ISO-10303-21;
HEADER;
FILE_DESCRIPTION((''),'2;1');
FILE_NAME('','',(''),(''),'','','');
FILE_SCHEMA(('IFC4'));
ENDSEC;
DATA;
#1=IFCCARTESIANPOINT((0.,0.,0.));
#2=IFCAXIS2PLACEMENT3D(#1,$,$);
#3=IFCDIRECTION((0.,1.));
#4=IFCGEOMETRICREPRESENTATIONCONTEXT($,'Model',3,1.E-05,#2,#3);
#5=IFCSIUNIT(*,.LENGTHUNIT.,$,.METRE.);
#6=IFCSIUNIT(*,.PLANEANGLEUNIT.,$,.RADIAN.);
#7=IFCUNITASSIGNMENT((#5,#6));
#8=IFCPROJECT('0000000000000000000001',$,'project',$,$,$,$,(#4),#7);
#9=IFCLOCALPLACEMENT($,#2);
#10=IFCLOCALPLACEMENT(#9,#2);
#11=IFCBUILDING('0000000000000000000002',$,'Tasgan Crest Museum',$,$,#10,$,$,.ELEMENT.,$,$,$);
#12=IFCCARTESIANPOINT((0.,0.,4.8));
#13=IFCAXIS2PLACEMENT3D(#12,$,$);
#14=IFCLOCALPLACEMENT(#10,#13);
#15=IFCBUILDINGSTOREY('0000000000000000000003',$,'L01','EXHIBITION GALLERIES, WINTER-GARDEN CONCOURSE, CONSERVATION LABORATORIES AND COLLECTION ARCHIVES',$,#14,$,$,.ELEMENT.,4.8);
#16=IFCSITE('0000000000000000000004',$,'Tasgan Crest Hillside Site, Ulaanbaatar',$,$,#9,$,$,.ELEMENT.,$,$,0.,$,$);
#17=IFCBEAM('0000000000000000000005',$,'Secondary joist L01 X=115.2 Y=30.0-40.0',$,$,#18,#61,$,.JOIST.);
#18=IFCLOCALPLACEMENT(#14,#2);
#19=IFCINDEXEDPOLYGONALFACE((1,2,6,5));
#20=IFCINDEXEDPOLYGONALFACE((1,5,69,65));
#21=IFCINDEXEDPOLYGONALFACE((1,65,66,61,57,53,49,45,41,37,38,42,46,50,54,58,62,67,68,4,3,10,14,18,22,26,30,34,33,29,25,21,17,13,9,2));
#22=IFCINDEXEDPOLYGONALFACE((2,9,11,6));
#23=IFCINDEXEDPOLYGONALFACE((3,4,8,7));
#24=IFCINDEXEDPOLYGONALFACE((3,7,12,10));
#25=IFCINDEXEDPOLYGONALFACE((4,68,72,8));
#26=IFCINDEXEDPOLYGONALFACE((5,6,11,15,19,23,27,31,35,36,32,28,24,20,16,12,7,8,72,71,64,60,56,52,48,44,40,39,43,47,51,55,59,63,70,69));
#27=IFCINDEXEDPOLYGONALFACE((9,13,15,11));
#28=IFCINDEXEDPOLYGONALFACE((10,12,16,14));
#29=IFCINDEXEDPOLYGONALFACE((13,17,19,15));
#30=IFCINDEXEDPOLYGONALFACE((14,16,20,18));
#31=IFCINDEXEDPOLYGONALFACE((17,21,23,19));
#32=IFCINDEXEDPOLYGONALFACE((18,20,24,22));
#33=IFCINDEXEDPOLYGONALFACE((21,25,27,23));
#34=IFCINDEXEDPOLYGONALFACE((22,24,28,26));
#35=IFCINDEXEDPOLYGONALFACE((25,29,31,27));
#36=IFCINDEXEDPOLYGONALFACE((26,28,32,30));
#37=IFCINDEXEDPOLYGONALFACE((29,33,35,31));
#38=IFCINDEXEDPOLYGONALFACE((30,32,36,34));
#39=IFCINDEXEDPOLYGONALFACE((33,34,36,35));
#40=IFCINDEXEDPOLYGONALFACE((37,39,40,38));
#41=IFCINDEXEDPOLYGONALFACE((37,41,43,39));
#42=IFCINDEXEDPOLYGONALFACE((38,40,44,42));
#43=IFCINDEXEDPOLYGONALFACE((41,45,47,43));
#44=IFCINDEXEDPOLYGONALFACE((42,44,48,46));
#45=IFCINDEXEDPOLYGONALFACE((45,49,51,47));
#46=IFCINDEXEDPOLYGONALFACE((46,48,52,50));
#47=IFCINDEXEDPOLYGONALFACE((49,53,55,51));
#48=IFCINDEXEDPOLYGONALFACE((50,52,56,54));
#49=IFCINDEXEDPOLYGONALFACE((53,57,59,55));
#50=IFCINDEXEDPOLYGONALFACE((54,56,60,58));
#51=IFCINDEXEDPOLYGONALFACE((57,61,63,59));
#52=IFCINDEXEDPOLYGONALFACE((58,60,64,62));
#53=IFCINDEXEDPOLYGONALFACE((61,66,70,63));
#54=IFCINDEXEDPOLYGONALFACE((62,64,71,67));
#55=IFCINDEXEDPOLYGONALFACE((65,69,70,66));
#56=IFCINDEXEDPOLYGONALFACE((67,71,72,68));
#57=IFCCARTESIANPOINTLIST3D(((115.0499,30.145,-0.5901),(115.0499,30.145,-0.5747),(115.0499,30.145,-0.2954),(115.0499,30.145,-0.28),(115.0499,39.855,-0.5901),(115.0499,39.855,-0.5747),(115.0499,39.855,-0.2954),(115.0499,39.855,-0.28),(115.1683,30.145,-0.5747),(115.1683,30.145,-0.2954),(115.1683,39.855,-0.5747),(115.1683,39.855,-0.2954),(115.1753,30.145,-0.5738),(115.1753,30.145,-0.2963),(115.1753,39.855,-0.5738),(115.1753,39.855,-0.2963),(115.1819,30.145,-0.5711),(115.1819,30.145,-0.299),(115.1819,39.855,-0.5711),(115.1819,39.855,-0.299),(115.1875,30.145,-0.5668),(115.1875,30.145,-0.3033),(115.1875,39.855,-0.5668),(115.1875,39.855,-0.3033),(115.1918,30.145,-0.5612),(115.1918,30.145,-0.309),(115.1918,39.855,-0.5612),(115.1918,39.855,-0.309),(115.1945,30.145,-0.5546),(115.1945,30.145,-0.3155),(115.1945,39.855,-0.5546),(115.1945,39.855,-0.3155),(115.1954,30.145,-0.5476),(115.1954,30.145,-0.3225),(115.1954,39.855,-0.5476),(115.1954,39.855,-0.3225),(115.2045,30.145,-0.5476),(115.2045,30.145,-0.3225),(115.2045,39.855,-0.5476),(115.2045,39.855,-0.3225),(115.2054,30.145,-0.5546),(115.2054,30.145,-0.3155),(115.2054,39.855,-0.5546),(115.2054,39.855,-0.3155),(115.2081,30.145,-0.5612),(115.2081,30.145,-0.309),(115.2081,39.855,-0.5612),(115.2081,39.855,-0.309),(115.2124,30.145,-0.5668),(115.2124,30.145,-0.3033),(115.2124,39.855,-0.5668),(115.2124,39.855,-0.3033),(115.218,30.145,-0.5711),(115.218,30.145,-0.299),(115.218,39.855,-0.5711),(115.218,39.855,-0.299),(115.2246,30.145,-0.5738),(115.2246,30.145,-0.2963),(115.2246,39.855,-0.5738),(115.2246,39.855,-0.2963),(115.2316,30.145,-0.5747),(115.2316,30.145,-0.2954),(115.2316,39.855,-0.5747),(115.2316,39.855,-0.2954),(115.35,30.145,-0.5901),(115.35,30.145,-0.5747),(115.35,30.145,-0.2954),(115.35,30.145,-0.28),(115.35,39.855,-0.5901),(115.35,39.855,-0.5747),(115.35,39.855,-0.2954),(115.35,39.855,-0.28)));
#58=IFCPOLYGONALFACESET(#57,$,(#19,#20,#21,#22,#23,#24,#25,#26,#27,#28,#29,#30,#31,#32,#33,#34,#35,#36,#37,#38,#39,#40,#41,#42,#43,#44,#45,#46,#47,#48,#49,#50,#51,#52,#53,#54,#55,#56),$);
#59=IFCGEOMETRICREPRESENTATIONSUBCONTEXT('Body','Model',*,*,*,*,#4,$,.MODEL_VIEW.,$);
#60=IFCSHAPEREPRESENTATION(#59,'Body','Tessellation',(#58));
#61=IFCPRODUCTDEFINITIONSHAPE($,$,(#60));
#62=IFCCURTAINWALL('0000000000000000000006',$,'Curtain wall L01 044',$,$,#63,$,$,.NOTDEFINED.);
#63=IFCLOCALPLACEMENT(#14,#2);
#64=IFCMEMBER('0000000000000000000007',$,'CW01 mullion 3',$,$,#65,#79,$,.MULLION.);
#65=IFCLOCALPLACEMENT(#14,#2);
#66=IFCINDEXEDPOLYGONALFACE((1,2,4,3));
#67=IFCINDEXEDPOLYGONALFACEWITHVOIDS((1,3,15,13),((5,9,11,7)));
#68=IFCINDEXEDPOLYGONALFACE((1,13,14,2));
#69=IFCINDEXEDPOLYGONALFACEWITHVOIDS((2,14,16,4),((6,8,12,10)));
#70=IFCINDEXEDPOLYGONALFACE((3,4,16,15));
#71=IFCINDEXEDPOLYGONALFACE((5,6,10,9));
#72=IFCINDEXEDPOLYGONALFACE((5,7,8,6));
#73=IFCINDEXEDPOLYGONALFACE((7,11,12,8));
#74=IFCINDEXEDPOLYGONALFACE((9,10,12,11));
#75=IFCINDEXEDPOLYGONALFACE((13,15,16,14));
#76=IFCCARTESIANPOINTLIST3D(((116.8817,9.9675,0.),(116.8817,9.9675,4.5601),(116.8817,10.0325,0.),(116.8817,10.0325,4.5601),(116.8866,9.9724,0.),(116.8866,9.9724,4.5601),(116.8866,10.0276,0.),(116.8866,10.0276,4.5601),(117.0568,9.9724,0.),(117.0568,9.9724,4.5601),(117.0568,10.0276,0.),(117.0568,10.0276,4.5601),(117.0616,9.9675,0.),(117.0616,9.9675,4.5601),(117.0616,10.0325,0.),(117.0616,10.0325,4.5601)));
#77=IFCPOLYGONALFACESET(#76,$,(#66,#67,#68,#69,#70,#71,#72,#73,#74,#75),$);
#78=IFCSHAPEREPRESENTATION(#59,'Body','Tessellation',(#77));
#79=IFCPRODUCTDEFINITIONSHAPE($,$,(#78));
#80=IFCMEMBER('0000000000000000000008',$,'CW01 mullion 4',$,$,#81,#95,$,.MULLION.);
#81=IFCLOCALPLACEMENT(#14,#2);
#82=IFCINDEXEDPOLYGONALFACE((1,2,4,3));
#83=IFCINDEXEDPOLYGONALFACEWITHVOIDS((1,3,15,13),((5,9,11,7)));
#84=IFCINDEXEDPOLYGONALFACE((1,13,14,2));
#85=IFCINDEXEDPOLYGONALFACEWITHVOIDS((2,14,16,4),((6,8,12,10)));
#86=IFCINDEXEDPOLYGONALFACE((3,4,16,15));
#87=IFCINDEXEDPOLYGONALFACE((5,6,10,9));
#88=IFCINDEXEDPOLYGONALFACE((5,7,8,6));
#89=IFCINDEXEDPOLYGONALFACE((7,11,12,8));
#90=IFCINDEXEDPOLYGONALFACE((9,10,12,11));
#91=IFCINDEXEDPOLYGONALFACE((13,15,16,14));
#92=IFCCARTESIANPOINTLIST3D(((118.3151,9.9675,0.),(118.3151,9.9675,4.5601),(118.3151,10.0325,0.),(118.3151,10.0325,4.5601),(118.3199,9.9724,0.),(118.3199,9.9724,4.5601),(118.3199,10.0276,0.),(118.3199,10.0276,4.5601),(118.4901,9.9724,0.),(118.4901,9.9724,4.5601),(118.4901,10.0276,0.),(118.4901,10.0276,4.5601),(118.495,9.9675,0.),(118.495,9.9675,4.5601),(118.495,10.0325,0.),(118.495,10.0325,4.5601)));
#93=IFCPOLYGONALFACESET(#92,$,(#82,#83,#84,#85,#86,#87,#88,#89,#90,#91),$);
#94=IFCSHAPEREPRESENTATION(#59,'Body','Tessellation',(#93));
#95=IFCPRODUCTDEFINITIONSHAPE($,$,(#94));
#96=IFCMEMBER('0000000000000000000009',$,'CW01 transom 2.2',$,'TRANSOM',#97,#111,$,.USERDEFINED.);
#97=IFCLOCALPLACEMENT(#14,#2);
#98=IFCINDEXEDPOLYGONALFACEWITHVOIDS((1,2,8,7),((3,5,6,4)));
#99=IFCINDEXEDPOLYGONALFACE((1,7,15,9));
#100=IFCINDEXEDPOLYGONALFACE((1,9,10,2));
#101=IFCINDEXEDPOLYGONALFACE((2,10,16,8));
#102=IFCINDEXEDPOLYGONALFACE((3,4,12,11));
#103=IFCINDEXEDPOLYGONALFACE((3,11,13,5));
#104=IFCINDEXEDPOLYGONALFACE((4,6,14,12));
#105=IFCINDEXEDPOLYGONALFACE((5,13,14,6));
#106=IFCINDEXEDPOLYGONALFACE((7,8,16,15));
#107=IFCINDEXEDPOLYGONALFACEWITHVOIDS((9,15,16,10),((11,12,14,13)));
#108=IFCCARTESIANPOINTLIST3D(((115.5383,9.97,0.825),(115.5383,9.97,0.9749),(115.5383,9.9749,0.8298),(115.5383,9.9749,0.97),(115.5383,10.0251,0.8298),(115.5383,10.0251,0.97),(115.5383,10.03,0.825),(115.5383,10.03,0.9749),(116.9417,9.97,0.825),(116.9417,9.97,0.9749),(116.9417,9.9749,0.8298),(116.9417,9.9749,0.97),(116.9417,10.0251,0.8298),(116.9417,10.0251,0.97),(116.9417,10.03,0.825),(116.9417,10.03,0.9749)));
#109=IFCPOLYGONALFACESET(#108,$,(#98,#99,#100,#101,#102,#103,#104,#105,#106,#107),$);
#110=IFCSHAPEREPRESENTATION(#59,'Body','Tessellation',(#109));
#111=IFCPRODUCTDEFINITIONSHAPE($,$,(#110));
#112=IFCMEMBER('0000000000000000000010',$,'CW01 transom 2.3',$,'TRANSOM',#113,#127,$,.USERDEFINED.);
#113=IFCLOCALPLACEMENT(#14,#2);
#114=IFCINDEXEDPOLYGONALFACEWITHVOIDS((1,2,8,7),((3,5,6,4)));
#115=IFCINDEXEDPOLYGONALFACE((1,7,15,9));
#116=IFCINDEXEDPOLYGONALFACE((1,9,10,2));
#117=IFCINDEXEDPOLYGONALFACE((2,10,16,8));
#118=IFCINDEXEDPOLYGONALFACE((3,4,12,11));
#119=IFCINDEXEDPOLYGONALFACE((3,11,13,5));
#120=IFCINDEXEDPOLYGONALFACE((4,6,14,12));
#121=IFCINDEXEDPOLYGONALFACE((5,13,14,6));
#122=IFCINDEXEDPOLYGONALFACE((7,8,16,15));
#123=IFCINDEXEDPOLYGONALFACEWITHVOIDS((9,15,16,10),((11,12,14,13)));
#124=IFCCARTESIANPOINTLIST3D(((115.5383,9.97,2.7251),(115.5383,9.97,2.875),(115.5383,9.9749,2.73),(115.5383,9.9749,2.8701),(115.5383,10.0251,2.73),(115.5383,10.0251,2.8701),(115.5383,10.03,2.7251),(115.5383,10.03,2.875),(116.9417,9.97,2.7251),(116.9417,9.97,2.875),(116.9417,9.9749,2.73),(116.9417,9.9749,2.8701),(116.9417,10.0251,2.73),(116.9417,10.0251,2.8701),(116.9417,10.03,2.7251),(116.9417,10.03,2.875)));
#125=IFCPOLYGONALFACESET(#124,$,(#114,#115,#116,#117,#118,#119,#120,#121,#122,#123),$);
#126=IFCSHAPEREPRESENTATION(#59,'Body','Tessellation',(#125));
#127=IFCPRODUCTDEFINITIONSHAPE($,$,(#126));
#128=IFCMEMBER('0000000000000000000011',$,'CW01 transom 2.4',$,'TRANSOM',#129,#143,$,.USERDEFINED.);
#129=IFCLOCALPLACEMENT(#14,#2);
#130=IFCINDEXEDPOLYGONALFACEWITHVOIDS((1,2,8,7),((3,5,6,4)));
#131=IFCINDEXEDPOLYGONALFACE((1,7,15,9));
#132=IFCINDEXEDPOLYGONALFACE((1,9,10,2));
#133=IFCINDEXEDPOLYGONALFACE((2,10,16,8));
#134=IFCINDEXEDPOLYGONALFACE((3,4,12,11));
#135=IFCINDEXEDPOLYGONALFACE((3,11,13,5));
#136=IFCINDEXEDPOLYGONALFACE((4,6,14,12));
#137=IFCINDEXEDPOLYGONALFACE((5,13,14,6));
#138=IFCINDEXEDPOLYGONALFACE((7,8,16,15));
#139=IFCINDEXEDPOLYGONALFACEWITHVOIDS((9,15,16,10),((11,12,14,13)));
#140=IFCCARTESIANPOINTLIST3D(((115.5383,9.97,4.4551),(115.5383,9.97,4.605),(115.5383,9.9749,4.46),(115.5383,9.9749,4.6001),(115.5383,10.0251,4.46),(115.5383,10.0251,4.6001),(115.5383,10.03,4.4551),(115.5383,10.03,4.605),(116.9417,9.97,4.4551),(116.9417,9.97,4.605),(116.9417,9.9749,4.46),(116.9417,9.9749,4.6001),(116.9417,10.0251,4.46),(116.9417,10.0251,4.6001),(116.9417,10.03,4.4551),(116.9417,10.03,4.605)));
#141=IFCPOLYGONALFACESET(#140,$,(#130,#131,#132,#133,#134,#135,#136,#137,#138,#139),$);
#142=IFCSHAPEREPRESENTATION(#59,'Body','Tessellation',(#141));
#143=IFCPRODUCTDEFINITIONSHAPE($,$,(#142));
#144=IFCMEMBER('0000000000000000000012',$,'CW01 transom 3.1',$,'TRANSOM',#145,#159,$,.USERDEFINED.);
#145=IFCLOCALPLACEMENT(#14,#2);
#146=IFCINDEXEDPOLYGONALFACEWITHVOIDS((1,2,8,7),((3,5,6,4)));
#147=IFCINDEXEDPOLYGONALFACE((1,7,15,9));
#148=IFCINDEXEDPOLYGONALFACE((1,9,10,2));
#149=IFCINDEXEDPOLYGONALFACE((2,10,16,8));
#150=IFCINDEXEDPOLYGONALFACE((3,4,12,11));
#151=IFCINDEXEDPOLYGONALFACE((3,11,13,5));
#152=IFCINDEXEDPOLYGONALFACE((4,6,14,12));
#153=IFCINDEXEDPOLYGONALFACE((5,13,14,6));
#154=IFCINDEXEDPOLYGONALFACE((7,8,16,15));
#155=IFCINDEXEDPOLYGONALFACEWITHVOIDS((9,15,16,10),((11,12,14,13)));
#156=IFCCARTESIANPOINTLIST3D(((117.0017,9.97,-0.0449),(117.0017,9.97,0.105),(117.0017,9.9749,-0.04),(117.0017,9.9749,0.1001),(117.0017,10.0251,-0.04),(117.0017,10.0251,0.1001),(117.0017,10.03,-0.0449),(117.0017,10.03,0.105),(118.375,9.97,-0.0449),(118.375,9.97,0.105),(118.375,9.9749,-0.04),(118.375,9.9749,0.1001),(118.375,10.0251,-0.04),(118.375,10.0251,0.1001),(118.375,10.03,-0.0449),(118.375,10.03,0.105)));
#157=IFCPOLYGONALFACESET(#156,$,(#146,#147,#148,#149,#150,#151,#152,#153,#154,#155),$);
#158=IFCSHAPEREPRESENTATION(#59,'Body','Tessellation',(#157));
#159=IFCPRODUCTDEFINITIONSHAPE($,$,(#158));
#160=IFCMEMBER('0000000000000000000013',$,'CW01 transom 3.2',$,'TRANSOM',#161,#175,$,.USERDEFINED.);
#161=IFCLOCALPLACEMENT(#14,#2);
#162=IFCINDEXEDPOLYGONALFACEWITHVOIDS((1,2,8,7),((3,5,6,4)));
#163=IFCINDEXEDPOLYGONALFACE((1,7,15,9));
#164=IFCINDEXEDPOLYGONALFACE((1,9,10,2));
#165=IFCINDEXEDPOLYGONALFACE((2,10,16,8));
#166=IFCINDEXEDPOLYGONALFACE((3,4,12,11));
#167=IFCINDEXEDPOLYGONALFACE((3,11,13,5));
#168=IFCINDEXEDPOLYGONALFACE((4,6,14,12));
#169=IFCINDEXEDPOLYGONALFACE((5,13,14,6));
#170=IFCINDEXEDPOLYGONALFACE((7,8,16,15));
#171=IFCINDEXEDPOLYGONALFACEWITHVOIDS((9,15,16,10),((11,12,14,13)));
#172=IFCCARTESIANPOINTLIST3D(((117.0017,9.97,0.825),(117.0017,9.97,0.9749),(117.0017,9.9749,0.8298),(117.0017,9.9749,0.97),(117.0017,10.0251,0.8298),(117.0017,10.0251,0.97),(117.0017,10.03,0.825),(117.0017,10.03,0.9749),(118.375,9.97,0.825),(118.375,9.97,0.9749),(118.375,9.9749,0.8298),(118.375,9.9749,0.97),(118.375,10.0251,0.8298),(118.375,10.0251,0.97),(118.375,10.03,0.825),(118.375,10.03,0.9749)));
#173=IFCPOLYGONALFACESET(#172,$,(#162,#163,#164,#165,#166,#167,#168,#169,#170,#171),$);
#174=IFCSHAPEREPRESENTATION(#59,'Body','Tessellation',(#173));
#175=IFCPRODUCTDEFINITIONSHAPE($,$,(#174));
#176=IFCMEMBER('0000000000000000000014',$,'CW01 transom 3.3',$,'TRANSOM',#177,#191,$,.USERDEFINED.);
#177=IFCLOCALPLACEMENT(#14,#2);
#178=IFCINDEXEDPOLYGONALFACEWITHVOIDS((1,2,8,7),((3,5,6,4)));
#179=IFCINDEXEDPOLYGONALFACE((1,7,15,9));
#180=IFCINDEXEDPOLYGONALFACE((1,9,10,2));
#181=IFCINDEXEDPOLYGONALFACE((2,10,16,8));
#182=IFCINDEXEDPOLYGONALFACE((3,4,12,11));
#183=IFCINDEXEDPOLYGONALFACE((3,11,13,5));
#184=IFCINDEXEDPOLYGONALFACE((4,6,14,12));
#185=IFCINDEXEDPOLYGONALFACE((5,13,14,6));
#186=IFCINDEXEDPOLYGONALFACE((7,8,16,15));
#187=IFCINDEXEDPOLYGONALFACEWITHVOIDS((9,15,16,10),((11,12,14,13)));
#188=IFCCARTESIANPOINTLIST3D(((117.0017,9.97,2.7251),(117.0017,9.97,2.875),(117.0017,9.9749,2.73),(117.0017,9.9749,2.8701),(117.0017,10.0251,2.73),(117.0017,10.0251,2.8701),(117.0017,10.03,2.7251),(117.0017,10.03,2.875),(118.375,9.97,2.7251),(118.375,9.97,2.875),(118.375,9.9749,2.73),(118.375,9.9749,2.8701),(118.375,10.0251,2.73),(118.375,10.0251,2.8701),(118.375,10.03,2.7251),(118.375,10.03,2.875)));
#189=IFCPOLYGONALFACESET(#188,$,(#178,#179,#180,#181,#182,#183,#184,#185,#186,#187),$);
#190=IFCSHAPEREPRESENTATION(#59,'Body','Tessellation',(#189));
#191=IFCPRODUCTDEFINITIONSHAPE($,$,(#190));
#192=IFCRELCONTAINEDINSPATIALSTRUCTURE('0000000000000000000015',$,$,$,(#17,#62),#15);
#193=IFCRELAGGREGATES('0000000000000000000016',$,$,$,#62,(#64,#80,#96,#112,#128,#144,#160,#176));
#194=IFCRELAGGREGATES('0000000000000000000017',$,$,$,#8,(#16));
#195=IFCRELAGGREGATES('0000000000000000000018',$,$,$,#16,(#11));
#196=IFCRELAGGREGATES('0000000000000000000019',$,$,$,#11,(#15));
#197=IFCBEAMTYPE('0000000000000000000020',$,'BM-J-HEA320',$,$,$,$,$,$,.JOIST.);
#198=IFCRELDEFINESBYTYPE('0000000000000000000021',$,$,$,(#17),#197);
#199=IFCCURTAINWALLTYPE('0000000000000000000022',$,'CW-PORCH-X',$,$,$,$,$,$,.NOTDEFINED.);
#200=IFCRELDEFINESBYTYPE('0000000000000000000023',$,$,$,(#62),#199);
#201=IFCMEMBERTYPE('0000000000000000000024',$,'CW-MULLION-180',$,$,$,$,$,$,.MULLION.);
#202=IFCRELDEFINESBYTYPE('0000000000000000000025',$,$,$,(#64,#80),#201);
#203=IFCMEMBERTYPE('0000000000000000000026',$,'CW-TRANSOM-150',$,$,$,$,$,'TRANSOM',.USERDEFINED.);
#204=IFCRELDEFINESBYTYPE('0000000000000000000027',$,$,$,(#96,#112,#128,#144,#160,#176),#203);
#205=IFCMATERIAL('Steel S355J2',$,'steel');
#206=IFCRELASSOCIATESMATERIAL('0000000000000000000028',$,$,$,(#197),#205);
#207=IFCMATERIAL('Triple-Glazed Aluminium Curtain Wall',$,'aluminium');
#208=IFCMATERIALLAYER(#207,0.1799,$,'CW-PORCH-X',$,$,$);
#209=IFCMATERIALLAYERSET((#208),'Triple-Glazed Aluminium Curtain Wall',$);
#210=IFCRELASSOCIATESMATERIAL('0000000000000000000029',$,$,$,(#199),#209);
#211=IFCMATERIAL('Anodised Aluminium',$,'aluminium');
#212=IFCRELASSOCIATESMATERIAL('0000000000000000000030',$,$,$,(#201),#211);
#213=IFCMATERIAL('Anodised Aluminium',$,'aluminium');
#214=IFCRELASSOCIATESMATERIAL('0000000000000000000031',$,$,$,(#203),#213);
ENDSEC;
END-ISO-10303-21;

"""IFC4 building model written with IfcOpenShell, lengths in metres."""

from ifc_helpers import new_model, si_unit, direction, frame, origin, origin_2d, place, context, subcontext, project, spatial, hollow_rectangle, i_section, extrude, material, layer, layer_set, material_profile, profile_set, type_object, element, aggregate, save


model = new_model("IFC4")

# Units and contexts
model_context = context("Model", 3, precision=1e-05, world=origin(), true_north=direction((0.0, 1.0)))
body_context = subcontext(model_context, "Body", "Model", "MODEL_VIEW")
ifc_project = project(units=[si_unit("LENGTHUNIT", "METRE"), si_unit("PLANEANGLEUNIT", "RADIAN")], contexts=[model_context])

# Site, building, storey
site_placement = place(None, origin())
site = spatial("IfcSite", under=ifc_project, at=site_placement, Name="Tasgan Crest Hillside Site, Ulaanbaatar", CompositionType="ELEMENT", RefElevation=0.0)
building_placement = place(site_placement, origin())
building = spatial("IfcBuilding", under=site, at=building_placement, Name="Tasgan Crest Museum", CompositionType="ELEMENT")
storey_placement = place(building_placement, frame((0.0, 0.0, 4.8)))
storey = spatial("IfcBuildingStorey", under=building, at=storey_placement, Name="L01", Description="EXHIBITION GALLERIES, WINTER-GARDEN CONCOURSE, CONSERVATION LABORATORIES AND COLLECTION ARCHIVES", CompositionType="ELEMENT", Elevation=4.8)

# Beam
ifc_material_1 = material(Name="Steel S355J2", Category="steel")
ifc_material_profile_1 = material_profile(ifc_material_1, i_section(OverallWidth=0.3, OverallDepth=0.3101, WebThickness=0.009, FlangeThickness=0.0154, FilletRadius=0.0271, at=origin_2d()), Name="HEA 320")
ifc_profile_set_1 = profile_set([ifc_material_profile_1], Name="Steel S355J2")
beam_type_1 = type_object("IfcBeamType", Name="BM-J-HEA320", PredefinedType="JOIST", material=ifc_profile_set_1)
for number, where, z_axis, x_axis, name in (
    (1, (115.2, 30.145, -0.4351), (0.0, 1.0, 0.0), (-1.0, 0.0, 0.0), "Secondary joist L01 X=115.2 Y=30.0-40.0"),
):
    element("IfcBeam", number, at=place(storey_placement, frame(where, z_axis=z_axis, x_axis=x_axis)), inside=storey, type_object=beam_type_1, Name=name, PredefinedType="JOIST", context=body_context, shape_type="SweptSolid", body=[
        extrude(i_section(OverallWidth=0.3, OverallDepth=0.3101, WebThickness=0.009, FlangeThickness=0.0154, FilletRadius=0.0271, at=origin_2d()), origin(), (0.0, 0.0, 1.0), 9.71),
    ])

# Curtain wall, members
ifc_material_2 = material(Name="Triple-Glazed Aluminium Curtain Wall", Category="aluminium")
ifc_layer_1 = layer(ifc_material_2, 0.1799, Name="CW-PORCH-X")
ifc_layer_set_1 = layer_set([ifc_layer_1], Name="Triple-Glazed Aluminium Curtain Wall")
curtain_wall_type = type_object("IfcCurtainWallType", Name="CW-PORCH-X", PredefinedType="NOTDEFINED", material=ifc_layer_set_1)
curtain_wall_placement = place(storey_placement, origin())
curtain_wall = element("IfcCurtainWall", 2, at=curtain_wall_placement, inside=storey, type_object=curtain_wall_type, Name="Curtain wall L01 044", PredefinedType="NOTDEFINED")
ifc_material_3 = material(Name="Anodised Aluminium", Category="aluminium")
ifc_material_profile_2 = material_profile(ifc_material_3, hollow_rectangle(XDim=0.0649, YDim=0.1799, WallThickness=0.0049, at=origin_2d()), Name="ALU MULLION 180x65x5")
ifc_profile_set_2 = profile_set([ifc_material_profile_2], Name="Anodised Aluminium")
member_type_1 = type_object("IfcMemberType", Name="CW-MULLION-180", PredefinedType="MULLION", material=ifc_profile_set_2)
member_1_placement = place(storey_placement, frame((116.9717, 10.0, 0.0), z_axis=(0.0, 0.0, 1.0), x_axis=(0.0, 1.0, 0.0)))
member_1 = element("IfcMember", 3, at=member_1_placement, type_object=member_type_1, Name="CW01 mullion 3", PredefinedType="MULLION", context=body_context, shape_type="SweptSolid", body=[
    extrude(hollow_rectangle(XDim=0.0649, YDim=0.1799, WallThickness=0.0049, at=origin_2d()), origin(), (0.0, 0.0, 1.0), 4.5601),
])
member_2_placement = place(storey_placement, frame((118.405, 10.0, 0.0), z_axis=(0.0, 0.0, 1.0), x_axis=(0.0, 1.0, 0.0)))
member_2 = element("IfcMember", 4, at=member_2_placement, type_object=member_type_1, Name="CW01 mullion 4", PredefinedType="MULLION", context=body_context, shape_type="SweptSolid", body=[
    extrude(hollow_rectangle(XDim=0.0649, YDim=0.1799, WallThickness=0.0049, at=origin_2d()), origin(), (0.0, 0.0, 1.0), 4.5601),
])
ifc_material_4 = material(Name="Anodised Aluminium", Category="aluminium")
ifc_material_profile_3 = material_profile(ifc_material_4, hollow_rectangle(XDim=0.0601, YDim=0.1499, WallThickness=0.0049, at=origin_2d()), Name="ALU TRANSOM 150x60x5")
ifc_profile_set_3 = profile_set([ifc_material_profile_3], Name="Anodised Aluminium")
member_type_2 = type_object("IfcMemberType", Name="CW-TRANSOM-150", ElementType="TRANSOM", PredefinedType="USERDEFINED", material=ifc_profile_set_3)
member_3_placement = place(storey_placement, frame((115.5383, 10.0, 0.8999), z_axis=(1.0, 0.0, 0.0), x_axis=(0.0, 1.0, 0.0)))
member_3 = element("IfcMember", 5, at=member_3_placement, type_object=member_type_2, Name="CW01 transom 2.2", ObjectType="TRANSOM", PredefinedType="USERDEFINED", context=body_context, shape_type="SweptSolid", body=[
    extrude(hollow_rectangle(XDim=0.0601, YDim=0.1499, WallThickness=0.0049, at=origin_2d()), origin(), (0.0, 0.0, 1.0), 1.4033),
])
member_4_placement = place(storey_placement, frame((115.5383, 10.0, 2.8), z_axis=(1.0, 0.0, 0.0), x_axis=(0.0, 1.0, 0.0)))
member_4 = element("IfcMember", 6, at=member_4_placement, type_object=member_type_2, Name="CW01 transom 2.3", ObjectType="TRANSOM", PredefinedType="USERDEFINED", context=body_context, shape_type="SweptSolid", body=[
    extrude(hollow_rectangle(XDim=0.0601, YDim=0.1499, WallThickness=0.0049, at=origin_2d()), origin(), (0.0, 0.0, 1.0), 1.4033),
])
member_5_placement = place(storey_placement, frame((115.5383, 10.0, 4.53), z_axis=(1.0, 0.0, 0.0), x_axis=(0.0, 1.0, 0.0)))
member_5 = element("IfcMember", 7, at=member_5_placement, type_object=member_type_2, Name="CW01 transom 2.4", ObjectType="TRANSOM", PredefinedType="USERDEFINED", context=body_context, shape_type="SweptSolid", body=[
    extrude(hollow_rectangle(XDim=0.0601, YDim=0.1499, WallThickness=0.0049, at=origin_2d()), origin(), (0.0, 0.0, 1.0), 1.4033),
])
member_6_placement = place(storey_placement, frame((117.0017, 10.0, 0.03), z_axis=(1.0, 0.0, 0.0), x_axis=(0.0, 1.0, 0.0)))
member_6 = element("IfcMember", 8, at=member_6_placement, type_object=member_type_2, Name="CW01 transom 3.1", ObjectType="TRANSOM", PredefinedType="USERDEFINED", context=body_context, shape_type="SweptSolid", body=[
    extrude(hollow_rectangle(XDim=0.0601, YDim=0.1499, WallThickness=0.0049, at=origin_2d()), origin(), (0.0, 0.0, 1.0), 1.3733),
])
member_7_placement = place(storey_placement, frame((117.0017, 10.0, 0.8999), z_axis=(1.0, 0.0, 0.0), x_axis=(0.0, 1.0, 0.0)))
member_7 = element("IfcMember", 9, at=member_7_placement, type_object=member_type_2, Name="CW01 transom 3.2", ObjectType="TRANSOM", PredefinedType="USERDEFINED", context=body_context, shape_type="SweptSolid", body=[
    extrude(hollow_rectangle(XDim=0.0601, YDim=0.1499, WallThickness=0.0049, at=origin_2d()), origin(), (0.0, 0.0, 1.0), 1.3733),
])
member_8_placement = place(storey_placement, frame((117.0017, 10.0, 2.8), z_axis=(1.0, 0.0, 0.0), x_axis=(0.0, 1.0, 0.0)))
member_8 = element("IfcMember", 10, at=member_8_placement, type_object=member_type_2, Name="CW01 transom 3.3", ObjectType="TRANSOM", PredefinedType="USERDEFINED", context=body_context, shape_type="SweptSolid", body=[
    extrude(hollow_rectangle(XDim=0.0601, YDim=0.1499, WallThickness=0.0049, at=origin_2d()), origin(), (0.0, 0.0, 1.0), 1.3733),
])
aggregate(curtain_wall, [member_1, member_2, member_3, member_4, member_5, member_6, member_7, member_8])

save(model, "model.ifc")
